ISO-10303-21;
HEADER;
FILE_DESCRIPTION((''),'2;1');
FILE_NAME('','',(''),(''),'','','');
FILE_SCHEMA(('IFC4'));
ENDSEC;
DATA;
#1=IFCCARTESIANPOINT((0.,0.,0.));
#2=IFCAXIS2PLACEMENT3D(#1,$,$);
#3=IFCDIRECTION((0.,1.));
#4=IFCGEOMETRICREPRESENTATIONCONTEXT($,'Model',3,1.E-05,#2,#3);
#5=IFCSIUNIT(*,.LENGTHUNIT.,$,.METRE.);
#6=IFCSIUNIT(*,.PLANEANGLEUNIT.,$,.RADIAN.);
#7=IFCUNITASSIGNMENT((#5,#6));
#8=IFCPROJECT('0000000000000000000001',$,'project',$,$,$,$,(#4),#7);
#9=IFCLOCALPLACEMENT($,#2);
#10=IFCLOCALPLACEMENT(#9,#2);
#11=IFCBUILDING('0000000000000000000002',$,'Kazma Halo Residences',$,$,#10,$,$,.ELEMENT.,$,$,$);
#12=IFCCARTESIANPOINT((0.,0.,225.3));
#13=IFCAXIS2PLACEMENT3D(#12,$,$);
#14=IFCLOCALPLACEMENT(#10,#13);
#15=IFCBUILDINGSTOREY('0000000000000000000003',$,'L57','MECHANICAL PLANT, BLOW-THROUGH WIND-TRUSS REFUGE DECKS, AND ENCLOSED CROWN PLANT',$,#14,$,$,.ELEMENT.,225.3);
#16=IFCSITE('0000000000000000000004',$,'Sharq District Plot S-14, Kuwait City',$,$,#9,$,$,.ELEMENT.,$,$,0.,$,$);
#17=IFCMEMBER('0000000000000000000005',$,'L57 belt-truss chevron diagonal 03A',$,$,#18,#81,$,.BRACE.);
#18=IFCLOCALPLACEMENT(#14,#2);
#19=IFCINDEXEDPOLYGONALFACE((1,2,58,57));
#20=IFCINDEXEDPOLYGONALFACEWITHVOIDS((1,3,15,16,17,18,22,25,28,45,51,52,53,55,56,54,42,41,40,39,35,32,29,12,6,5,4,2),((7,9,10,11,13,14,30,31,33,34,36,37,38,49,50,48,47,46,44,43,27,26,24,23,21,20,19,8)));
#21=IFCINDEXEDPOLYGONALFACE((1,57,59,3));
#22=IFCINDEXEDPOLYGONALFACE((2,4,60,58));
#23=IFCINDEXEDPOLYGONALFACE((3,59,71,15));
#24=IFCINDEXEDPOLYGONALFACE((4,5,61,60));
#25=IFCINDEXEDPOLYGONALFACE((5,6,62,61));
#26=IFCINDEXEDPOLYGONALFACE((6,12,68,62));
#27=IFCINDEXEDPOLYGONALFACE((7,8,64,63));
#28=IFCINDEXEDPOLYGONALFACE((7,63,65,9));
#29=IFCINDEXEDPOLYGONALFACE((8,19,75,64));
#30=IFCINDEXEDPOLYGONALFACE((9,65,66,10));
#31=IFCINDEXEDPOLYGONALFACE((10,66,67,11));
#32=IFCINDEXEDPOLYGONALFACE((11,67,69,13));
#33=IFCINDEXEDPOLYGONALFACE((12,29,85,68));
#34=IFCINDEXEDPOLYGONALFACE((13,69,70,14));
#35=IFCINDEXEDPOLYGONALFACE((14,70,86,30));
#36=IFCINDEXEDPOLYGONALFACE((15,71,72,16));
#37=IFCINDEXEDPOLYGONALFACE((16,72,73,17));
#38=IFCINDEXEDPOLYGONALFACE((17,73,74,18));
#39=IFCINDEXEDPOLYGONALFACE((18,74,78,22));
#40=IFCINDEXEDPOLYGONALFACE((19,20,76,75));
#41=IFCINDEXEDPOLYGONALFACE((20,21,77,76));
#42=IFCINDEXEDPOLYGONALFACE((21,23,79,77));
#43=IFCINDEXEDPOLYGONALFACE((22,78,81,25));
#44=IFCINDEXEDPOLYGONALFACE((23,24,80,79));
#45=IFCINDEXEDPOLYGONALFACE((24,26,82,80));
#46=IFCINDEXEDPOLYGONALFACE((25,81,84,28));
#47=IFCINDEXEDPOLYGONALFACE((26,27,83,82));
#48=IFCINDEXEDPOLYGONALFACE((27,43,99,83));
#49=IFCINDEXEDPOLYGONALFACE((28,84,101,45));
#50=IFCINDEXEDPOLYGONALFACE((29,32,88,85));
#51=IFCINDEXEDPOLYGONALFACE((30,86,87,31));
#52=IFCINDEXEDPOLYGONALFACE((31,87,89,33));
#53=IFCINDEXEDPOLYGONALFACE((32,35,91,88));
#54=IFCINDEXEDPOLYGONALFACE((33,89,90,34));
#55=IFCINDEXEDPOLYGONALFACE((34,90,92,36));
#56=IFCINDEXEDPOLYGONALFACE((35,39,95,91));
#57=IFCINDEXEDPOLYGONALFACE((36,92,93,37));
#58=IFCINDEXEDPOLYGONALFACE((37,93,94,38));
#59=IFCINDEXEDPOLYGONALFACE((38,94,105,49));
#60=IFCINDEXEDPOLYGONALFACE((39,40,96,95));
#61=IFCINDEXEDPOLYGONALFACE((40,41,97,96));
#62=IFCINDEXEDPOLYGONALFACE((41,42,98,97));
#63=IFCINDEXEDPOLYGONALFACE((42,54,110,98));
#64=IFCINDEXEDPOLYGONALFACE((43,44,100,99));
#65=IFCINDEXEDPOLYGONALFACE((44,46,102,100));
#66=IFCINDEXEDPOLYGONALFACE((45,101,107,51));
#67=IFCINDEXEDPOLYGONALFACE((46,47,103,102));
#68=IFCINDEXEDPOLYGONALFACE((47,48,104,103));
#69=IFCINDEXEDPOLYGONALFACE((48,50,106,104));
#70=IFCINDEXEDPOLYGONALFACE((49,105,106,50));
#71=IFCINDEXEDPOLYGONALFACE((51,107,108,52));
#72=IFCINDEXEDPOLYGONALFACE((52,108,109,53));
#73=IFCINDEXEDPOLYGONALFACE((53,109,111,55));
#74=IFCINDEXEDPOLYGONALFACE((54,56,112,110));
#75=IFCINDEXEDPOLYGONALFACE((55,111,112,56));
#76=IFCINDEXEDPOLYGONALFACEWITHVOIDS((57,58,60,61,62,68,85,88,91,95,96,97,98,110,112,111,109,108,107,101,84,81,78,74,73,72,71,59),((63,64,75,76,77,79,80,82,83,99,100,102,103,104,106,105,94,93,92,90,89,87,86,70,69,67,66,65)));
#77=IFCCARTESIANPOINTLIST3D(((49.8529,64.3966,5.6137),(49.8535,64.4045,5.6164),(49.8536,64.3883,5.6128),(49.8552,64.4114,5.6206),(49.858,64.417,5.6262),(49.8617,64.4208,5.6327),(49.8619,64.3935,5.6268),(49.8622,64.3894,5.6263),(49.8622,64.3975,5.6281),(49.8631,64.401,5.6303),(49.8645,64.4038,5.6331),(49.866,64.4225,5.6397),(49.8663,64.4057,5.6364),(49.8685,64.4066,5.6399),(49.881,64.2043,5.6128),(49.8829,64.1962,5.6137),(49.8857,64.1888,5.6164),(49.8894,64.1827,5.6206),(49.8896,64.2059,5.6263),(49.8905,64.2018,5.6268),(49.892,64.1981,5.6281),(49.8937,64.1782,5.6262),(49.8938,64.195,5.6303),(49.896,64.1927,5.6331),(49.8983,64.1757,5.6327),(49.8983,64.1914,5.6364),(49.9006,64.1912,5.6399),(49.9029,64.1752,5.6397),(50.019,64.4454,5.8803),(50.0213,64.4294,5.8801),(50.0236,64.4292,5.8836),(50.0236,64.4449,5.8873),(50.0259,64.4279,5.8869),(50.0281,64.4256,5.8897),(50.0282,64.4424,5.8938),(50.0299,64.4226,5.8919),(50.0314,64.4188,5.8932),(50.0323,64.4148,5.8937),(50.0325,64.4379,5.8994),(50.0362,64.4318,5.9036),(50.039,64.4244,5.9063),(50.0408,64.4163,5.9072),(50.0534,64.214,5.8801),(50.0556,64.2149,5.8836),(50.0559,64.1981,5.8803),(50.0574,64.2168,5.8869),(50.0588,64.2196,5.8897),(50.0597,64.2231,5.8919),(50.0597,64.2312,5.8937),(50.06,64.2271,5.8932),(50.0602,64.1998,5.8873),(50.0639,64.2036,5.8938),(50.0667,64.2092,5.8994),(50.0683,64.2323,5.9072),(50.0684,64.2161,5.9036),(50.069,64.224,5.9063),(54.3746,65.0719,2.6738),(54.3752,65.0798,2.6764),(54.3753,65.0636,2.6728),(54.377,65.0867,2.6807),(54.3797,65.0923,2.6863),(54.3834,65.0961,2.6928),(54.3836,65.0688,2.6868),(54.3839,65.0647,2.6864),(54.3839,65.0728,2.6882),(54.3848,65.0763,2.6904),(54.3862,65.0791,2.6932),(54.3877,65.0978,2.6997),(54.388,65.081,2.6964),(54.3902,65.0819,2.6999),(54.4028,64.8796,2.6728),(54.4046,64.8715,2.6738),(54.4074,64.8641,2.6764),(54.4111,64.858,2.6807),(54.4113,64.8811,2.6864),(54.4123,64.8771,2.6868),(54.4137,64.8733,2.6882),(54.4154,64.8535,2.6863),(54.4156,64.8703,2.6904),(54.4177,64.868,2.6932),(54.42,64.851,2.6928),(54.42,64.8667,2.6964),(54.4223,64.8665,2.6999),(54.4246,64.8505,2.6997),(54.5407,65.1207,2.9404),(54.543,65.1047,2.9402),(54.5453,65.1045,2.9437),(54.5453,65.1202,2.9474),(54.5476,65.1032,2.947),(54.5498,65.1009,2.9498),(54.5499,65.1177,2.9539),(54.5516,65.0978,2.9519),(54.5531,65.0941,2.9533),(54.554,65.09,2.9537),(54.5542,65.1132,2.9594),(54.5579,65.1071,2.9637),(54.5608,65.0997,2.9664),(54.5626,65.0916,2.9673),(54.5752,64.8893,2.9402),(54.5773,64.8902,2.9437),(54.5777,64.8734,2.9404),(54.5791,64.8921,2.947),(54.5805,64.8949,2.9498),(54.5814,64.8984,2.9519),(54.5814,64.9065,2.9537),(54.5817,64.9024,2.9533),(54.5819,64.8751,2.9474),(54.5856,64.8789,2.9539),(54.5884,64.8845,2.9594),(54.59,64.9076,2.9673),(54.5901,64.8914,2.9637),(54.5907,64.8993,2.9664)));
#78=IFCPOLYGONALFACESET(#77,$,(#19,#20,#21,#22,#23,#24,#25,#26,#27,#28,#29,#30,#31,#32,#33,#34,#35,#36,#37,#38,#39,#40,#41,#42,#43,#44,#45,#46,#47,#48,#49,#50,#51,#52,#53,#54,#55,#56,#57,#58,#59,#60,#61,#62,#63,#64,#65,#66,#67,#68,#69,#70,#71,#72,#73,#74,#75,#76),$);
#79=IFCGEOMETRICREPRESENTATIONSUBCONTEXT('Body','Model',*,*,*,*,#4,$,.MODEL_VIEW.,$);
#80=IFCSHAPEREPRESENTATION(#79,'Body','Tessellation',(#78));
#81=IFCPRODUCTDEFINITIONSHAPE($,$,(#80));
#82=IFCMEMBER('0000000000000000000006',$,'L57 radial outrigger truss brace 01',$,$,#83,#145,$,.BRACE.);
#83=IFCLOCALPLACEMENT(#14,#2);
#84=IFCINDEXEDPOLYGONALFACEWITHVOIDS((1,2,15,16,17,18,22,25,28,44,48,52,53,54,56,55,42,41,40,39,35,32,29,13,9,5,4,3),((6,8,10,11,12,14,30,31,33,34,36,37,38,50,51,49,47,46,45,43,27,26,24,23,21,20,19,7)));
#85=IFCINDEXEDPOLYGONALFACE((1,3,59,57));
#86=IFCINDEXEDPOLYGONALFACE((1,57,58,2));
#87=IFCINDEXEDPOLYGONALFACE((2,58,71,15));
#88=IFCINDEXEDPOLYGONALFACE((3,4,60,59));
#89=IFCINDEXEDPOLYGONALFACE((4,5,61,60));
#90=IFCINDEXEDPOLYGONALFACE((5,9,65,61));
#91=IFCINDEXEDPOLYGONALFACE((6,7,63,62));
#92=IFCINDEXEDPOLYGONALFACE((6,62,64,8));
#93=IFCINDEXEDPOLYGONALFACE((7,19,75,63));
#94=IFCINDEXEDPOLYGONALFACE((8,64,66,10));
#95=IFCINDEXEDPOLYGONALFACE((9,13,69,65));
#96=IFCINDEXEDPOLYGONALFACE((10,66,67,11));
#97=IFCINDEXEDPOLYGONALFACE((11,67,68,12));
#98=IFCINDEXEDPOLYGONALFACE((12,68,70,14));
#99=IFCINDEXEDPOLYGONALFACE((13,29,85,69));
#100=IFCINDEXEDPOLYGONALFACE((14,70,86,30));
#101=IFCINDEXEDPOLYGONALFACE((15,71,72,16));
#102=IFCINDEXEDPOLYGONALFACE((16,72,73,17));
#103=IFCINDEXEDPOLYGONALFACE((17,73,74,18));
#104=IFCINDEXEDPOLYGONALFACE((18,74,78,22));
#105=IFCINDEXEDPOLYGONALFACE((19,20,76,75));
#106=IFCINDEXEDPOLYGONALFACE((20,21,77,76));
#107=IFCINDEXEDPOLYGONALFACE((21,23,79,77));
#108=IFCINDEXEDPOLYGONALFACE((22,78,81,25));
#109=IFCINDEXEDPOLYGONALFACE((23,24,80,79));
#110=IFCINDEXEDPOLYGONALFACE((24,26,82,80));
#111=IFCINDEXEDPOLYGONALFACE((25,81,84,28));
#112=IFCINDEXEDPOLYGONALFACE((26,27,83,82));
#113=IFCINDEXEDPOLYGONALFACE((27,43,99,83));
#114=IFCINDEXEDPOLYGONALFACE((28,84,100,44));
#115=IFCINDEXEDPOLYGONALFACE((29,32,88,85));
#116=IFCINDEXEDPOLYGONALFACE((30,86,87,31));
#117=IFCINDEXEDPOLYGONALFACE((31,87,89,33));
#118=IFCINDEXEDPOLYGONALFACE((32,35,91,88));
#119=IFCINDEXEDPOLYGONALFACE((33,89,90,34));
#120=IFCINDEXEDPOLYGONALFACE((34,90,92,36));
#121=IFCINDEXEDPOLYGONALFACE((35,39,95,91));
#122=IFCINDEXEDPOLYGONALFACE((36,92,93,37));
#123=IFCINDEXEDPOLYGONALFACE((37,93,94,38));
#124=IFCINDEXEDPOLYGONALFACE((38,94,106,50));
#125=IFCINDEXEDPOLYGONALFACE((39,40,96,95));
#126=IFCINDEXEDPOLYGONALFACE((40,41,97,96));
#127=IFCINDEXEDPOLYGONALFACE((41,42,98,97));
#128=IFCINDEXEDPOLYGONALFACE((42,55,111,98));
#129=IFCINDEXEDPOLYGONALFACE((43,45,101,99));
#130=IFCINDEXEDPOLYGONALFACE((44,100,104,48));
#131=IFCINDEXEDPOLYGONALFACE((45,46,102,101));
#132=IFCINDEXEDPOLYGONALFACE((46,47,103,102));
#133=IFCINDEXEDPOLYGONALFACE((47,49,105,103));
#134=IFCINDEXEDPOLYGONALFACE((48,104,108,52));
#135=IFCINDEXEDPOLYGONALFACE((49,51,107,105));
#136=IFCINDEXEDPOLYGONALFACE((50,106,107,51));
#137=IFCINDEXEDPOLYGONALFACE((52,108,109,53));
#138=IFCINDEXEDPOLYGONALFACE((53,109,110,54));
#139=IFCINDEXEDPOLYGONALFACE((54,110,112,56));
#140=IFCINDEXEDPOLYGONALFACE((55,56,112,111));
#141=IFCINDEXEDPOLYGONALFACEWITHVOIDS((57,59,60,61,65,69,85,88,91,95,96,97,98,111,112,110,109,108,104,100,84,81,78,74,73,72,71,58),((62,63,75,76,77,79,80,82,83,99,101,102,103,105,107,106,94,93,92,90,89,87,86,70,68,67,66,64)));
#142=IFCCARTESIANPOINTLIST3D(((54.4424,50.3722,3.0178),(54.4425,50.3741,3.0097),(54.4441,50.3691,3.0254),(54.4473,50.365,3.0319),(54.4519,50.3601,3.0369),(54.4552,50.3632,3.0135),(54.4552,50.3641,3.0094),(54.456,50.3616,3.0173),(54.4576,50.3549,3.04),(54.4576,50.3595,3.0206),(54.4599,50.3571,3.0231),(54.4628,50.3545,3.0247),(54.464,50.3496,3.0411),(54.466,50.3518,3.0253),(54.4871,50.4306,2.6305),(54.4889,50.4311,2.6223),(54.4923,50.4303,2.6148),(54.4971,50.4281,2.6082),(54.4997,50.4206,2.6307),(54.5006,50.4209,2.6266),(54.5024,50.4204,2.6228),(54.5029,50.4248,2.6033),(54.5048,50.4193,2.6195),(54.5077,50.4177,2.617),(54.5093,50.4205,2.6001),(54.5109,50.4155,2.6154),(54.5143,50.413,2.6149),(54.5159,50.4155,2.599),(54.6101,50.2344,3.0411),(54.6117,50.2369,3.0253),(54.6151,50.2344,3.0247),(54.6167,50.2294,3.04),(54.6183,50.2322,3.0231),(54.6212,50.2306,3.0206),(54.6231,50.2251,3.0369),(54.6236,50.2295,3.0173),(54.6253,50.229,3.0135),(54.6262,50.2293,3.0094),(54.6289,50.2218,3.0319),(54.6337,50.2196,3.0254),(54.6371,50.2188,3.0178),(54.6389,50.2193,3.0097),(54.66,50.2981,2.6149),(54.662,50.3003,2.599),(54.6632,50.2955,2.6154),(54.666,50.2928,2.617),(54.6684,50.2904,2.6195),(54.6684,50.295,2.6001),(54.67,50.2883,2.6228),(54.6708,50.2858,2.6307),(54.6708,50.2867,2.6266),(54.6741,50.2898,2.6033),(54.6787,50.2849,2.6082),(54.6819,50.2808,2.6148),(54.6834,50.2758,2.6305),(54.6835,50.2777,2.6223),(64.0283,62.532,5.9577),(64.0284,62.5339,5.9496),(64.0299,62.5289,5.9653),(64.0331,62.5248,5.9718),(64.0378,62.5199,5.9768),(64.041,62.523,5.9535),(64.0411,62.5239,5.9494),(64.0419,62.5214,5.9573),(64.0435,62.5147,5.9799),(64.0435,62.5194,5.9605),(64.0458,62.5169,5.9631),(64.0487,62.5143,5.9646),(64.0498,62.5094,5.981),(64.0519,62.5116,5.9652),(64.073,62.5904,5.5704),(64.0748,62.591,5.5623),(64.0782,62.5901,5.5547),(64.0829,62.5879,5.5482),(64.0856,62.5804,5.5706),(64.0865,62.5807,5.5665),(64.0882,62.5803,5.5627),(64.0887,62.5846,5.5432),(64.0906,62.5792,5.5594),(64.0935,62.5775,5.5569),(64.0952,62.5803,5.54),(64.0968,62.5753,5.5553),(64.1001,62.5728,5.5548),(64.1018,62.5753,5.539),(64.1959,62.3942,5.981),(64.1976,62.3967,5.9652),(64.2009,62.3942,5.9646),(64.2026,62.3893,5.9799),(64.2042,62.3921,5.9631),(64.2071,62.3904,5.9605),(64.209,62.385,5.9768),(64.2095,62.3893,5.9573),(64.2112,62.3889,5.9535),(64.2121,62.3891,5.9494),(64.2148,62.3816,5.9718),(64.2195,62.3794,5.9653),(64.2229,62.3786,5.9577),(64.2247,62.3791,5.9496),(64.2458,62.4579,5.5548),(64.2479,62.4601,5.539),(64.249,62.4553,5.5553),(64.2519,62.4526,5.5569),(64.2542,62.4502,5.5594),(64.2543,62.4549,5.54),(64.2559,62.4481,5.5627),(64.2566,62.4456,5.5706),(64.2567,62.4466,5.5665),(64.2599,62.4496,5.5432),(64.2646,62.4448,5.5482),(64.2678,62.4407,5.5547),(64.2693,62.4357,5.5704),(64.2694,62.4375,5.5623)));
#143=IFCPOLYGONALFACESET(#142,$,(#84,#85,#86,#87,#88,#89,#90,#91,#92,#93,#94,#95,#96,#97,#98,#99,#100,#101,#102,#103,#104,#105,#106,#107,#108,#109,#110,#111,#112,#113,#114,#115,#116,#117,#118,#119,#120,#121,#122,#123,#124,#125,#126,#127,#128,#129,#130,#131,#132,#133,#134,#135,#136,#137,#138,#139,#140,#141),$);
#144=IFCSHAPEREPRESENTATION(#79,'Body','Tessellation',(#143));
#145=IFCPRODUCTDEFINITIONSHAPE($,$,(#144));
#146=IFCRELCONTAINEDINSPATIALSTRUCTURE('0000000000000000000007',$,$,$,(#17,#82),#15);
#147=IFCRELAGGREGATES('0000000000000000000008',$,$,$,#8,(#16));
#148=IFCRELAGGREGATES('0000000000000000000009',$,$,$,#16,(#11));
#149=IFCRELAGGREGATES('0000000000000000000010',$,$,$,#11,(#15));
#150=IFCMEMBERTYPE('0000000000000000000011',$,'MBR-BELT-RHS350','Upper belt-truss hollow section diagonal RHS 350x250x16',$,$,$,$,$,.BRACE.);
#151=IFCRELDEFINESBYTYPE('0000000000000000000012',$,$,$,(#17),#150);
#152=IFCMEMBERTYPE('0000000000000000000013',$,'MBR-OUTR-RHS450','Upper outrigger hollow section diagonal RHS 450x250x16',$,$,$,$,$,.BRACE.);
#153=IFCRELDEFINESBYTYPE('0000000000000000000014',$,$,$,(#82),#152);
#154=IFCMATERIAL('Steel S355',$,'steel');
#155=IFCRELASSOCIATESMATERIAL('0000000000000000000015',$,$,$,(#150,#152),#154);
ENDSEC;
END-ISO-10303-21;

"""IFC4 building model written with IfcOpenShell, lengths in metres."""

from ifc_helpers import new_model, si_unit, direction, frame, origin, origin_2d, place, context, subcontext, project, spatial, hollow_rectangle, extrude, material, material_profile, profile_set, type_object, element, save


model = new_model("IFC4")

# Units and contexts
model_context = context("Model", 3, precision=1e-05, world=origin(), true_north=direction((0.0, 1.0)))
body_context = subcontext(model_context, "Body", "Model", "MODEL_VIEW")
ifc_project = project(units=[si_unit("LENGTHUNIT", "METRE"), si_unit("PLANEANGLEUNIT", "RADIAN")], contexts=[model_context])

# Site, building, storey
site_placement = place(None, origin())
site = spatial("IfcSite", under=ifc_project, at=site_placement, Name="Sharq District Plot S-14, Kuwait City", CompositionType="ELEMENT", RefElevation=0.0)
building_placement = place(site_placement, origin())
building = spatial("IfcBuilding", under=site, at=building_placement, Name="Kazma Halo Residences", CompositionType="ELEMENT")
storey_placement = place(building_placement, frame((0.0, 0.0, 225.3)))
storey = spatial("IfcBuildingStorey", under=building, at=storey_placement, Name="L57", Description="MECHANICAL PLANT, BLOW-THROUGH WIND-TRUSS REFUGE DECKS, AND ENCLOSED CROWN PLANT", CompositionType="ELEMENT", Elevation=225.3)

# Shared definitions
ifc_material_1 = material(Name="Steel S355", Category="steel")

# Members
ifc_material_profile_1 = material_profile(ifc_material_1, hollow_rectangle(XDim=0.25, YDim=0.3501, WallThickness=0.0161, InnerFilletRadius=0.0161, OuterFilletRadius=0.032, at=origin_2d()), Name="RHS350x250x16")
ifc_profile_set_1 = profile_set([ifc_material_profile_1], Name="Steel S355")
member_type_1 = type_object("IfcMemberType", Name="MBR-BELT-RHS350", Description="Upper belt-truss hollow section diagonal RHS 350x250x16", PredefinedType="BRACE", material=ifc_profile_set_1)
member_1_placement = place(storey_placement, frame((54.4827, 64.9856, 2.8201), z_axis=(-0.831879, -0.124236, 0.540872), x_axis=(0.147706, -0.989031, 0.0)))
element("IfcMember", 1, at=member_1_placement, inside=storey, type_object=member_type_1, Name="L57 belt-truss chevron diagonal 03A", PredefinedType="BRACE", context=body_context, shape_type="SweptSolid", body=[
    extrude(hollow_rectangle(XDim=0.25, YDim=0.3501, WallThickness=0.0161, InnerFilletRadius=0.0161, OuterFilletRadius=0.032, at=origin_2d()), origin(), (0.0, 0.0, 1.0), 5.4355),
])
ifc_material_profile_2 = material_profile(ifc_material_1, hollow_rectangle(XDim=0.25, YDim=0.45, WallThickness=0.0161, InnerFilletRadius=0.0161, OuterFilletRadius=0.032, at=origin_2d()), Name="RHS450x250x16")
ifc_profile_set_2 = profile_set([ifc_material_profile_2], Name="Steel S355")
member_type_2 = type_object("IfcMemberType", Name="MBR-OUTR-RHS450", Description="Upper outrigger hollow section diagonal RHS 450x250x16", PredefinedType="BRACE", material=ifc_profile_set_2)
member_2_placement = place(storey_placement, frame((54.563, 50.325, 2.8201), z_axis=(0.608221, 0.771538, 0.186537), x_axis=(-0.785322, 0.619087, 0.0)))
element("IfcMember", 2, at=member_2_placement, inside=storey, type_object=member_type_2, Name="L57 radial outrigger truss brace 01", PredefinedType="BRACE", context=body_context, shape_type="SweptSolid", body=[
    extrude(hollow_rectangle(XDim=0.25, YDim=0.45, WallThickness=0.0161, InnerFilletRadius=0.0161, OuterFilletRadius=0.032, at=origin_2d()), origin(), (0.0, 0.0, 1.0), 15.7605),
])

save(model, "model.ifc")
